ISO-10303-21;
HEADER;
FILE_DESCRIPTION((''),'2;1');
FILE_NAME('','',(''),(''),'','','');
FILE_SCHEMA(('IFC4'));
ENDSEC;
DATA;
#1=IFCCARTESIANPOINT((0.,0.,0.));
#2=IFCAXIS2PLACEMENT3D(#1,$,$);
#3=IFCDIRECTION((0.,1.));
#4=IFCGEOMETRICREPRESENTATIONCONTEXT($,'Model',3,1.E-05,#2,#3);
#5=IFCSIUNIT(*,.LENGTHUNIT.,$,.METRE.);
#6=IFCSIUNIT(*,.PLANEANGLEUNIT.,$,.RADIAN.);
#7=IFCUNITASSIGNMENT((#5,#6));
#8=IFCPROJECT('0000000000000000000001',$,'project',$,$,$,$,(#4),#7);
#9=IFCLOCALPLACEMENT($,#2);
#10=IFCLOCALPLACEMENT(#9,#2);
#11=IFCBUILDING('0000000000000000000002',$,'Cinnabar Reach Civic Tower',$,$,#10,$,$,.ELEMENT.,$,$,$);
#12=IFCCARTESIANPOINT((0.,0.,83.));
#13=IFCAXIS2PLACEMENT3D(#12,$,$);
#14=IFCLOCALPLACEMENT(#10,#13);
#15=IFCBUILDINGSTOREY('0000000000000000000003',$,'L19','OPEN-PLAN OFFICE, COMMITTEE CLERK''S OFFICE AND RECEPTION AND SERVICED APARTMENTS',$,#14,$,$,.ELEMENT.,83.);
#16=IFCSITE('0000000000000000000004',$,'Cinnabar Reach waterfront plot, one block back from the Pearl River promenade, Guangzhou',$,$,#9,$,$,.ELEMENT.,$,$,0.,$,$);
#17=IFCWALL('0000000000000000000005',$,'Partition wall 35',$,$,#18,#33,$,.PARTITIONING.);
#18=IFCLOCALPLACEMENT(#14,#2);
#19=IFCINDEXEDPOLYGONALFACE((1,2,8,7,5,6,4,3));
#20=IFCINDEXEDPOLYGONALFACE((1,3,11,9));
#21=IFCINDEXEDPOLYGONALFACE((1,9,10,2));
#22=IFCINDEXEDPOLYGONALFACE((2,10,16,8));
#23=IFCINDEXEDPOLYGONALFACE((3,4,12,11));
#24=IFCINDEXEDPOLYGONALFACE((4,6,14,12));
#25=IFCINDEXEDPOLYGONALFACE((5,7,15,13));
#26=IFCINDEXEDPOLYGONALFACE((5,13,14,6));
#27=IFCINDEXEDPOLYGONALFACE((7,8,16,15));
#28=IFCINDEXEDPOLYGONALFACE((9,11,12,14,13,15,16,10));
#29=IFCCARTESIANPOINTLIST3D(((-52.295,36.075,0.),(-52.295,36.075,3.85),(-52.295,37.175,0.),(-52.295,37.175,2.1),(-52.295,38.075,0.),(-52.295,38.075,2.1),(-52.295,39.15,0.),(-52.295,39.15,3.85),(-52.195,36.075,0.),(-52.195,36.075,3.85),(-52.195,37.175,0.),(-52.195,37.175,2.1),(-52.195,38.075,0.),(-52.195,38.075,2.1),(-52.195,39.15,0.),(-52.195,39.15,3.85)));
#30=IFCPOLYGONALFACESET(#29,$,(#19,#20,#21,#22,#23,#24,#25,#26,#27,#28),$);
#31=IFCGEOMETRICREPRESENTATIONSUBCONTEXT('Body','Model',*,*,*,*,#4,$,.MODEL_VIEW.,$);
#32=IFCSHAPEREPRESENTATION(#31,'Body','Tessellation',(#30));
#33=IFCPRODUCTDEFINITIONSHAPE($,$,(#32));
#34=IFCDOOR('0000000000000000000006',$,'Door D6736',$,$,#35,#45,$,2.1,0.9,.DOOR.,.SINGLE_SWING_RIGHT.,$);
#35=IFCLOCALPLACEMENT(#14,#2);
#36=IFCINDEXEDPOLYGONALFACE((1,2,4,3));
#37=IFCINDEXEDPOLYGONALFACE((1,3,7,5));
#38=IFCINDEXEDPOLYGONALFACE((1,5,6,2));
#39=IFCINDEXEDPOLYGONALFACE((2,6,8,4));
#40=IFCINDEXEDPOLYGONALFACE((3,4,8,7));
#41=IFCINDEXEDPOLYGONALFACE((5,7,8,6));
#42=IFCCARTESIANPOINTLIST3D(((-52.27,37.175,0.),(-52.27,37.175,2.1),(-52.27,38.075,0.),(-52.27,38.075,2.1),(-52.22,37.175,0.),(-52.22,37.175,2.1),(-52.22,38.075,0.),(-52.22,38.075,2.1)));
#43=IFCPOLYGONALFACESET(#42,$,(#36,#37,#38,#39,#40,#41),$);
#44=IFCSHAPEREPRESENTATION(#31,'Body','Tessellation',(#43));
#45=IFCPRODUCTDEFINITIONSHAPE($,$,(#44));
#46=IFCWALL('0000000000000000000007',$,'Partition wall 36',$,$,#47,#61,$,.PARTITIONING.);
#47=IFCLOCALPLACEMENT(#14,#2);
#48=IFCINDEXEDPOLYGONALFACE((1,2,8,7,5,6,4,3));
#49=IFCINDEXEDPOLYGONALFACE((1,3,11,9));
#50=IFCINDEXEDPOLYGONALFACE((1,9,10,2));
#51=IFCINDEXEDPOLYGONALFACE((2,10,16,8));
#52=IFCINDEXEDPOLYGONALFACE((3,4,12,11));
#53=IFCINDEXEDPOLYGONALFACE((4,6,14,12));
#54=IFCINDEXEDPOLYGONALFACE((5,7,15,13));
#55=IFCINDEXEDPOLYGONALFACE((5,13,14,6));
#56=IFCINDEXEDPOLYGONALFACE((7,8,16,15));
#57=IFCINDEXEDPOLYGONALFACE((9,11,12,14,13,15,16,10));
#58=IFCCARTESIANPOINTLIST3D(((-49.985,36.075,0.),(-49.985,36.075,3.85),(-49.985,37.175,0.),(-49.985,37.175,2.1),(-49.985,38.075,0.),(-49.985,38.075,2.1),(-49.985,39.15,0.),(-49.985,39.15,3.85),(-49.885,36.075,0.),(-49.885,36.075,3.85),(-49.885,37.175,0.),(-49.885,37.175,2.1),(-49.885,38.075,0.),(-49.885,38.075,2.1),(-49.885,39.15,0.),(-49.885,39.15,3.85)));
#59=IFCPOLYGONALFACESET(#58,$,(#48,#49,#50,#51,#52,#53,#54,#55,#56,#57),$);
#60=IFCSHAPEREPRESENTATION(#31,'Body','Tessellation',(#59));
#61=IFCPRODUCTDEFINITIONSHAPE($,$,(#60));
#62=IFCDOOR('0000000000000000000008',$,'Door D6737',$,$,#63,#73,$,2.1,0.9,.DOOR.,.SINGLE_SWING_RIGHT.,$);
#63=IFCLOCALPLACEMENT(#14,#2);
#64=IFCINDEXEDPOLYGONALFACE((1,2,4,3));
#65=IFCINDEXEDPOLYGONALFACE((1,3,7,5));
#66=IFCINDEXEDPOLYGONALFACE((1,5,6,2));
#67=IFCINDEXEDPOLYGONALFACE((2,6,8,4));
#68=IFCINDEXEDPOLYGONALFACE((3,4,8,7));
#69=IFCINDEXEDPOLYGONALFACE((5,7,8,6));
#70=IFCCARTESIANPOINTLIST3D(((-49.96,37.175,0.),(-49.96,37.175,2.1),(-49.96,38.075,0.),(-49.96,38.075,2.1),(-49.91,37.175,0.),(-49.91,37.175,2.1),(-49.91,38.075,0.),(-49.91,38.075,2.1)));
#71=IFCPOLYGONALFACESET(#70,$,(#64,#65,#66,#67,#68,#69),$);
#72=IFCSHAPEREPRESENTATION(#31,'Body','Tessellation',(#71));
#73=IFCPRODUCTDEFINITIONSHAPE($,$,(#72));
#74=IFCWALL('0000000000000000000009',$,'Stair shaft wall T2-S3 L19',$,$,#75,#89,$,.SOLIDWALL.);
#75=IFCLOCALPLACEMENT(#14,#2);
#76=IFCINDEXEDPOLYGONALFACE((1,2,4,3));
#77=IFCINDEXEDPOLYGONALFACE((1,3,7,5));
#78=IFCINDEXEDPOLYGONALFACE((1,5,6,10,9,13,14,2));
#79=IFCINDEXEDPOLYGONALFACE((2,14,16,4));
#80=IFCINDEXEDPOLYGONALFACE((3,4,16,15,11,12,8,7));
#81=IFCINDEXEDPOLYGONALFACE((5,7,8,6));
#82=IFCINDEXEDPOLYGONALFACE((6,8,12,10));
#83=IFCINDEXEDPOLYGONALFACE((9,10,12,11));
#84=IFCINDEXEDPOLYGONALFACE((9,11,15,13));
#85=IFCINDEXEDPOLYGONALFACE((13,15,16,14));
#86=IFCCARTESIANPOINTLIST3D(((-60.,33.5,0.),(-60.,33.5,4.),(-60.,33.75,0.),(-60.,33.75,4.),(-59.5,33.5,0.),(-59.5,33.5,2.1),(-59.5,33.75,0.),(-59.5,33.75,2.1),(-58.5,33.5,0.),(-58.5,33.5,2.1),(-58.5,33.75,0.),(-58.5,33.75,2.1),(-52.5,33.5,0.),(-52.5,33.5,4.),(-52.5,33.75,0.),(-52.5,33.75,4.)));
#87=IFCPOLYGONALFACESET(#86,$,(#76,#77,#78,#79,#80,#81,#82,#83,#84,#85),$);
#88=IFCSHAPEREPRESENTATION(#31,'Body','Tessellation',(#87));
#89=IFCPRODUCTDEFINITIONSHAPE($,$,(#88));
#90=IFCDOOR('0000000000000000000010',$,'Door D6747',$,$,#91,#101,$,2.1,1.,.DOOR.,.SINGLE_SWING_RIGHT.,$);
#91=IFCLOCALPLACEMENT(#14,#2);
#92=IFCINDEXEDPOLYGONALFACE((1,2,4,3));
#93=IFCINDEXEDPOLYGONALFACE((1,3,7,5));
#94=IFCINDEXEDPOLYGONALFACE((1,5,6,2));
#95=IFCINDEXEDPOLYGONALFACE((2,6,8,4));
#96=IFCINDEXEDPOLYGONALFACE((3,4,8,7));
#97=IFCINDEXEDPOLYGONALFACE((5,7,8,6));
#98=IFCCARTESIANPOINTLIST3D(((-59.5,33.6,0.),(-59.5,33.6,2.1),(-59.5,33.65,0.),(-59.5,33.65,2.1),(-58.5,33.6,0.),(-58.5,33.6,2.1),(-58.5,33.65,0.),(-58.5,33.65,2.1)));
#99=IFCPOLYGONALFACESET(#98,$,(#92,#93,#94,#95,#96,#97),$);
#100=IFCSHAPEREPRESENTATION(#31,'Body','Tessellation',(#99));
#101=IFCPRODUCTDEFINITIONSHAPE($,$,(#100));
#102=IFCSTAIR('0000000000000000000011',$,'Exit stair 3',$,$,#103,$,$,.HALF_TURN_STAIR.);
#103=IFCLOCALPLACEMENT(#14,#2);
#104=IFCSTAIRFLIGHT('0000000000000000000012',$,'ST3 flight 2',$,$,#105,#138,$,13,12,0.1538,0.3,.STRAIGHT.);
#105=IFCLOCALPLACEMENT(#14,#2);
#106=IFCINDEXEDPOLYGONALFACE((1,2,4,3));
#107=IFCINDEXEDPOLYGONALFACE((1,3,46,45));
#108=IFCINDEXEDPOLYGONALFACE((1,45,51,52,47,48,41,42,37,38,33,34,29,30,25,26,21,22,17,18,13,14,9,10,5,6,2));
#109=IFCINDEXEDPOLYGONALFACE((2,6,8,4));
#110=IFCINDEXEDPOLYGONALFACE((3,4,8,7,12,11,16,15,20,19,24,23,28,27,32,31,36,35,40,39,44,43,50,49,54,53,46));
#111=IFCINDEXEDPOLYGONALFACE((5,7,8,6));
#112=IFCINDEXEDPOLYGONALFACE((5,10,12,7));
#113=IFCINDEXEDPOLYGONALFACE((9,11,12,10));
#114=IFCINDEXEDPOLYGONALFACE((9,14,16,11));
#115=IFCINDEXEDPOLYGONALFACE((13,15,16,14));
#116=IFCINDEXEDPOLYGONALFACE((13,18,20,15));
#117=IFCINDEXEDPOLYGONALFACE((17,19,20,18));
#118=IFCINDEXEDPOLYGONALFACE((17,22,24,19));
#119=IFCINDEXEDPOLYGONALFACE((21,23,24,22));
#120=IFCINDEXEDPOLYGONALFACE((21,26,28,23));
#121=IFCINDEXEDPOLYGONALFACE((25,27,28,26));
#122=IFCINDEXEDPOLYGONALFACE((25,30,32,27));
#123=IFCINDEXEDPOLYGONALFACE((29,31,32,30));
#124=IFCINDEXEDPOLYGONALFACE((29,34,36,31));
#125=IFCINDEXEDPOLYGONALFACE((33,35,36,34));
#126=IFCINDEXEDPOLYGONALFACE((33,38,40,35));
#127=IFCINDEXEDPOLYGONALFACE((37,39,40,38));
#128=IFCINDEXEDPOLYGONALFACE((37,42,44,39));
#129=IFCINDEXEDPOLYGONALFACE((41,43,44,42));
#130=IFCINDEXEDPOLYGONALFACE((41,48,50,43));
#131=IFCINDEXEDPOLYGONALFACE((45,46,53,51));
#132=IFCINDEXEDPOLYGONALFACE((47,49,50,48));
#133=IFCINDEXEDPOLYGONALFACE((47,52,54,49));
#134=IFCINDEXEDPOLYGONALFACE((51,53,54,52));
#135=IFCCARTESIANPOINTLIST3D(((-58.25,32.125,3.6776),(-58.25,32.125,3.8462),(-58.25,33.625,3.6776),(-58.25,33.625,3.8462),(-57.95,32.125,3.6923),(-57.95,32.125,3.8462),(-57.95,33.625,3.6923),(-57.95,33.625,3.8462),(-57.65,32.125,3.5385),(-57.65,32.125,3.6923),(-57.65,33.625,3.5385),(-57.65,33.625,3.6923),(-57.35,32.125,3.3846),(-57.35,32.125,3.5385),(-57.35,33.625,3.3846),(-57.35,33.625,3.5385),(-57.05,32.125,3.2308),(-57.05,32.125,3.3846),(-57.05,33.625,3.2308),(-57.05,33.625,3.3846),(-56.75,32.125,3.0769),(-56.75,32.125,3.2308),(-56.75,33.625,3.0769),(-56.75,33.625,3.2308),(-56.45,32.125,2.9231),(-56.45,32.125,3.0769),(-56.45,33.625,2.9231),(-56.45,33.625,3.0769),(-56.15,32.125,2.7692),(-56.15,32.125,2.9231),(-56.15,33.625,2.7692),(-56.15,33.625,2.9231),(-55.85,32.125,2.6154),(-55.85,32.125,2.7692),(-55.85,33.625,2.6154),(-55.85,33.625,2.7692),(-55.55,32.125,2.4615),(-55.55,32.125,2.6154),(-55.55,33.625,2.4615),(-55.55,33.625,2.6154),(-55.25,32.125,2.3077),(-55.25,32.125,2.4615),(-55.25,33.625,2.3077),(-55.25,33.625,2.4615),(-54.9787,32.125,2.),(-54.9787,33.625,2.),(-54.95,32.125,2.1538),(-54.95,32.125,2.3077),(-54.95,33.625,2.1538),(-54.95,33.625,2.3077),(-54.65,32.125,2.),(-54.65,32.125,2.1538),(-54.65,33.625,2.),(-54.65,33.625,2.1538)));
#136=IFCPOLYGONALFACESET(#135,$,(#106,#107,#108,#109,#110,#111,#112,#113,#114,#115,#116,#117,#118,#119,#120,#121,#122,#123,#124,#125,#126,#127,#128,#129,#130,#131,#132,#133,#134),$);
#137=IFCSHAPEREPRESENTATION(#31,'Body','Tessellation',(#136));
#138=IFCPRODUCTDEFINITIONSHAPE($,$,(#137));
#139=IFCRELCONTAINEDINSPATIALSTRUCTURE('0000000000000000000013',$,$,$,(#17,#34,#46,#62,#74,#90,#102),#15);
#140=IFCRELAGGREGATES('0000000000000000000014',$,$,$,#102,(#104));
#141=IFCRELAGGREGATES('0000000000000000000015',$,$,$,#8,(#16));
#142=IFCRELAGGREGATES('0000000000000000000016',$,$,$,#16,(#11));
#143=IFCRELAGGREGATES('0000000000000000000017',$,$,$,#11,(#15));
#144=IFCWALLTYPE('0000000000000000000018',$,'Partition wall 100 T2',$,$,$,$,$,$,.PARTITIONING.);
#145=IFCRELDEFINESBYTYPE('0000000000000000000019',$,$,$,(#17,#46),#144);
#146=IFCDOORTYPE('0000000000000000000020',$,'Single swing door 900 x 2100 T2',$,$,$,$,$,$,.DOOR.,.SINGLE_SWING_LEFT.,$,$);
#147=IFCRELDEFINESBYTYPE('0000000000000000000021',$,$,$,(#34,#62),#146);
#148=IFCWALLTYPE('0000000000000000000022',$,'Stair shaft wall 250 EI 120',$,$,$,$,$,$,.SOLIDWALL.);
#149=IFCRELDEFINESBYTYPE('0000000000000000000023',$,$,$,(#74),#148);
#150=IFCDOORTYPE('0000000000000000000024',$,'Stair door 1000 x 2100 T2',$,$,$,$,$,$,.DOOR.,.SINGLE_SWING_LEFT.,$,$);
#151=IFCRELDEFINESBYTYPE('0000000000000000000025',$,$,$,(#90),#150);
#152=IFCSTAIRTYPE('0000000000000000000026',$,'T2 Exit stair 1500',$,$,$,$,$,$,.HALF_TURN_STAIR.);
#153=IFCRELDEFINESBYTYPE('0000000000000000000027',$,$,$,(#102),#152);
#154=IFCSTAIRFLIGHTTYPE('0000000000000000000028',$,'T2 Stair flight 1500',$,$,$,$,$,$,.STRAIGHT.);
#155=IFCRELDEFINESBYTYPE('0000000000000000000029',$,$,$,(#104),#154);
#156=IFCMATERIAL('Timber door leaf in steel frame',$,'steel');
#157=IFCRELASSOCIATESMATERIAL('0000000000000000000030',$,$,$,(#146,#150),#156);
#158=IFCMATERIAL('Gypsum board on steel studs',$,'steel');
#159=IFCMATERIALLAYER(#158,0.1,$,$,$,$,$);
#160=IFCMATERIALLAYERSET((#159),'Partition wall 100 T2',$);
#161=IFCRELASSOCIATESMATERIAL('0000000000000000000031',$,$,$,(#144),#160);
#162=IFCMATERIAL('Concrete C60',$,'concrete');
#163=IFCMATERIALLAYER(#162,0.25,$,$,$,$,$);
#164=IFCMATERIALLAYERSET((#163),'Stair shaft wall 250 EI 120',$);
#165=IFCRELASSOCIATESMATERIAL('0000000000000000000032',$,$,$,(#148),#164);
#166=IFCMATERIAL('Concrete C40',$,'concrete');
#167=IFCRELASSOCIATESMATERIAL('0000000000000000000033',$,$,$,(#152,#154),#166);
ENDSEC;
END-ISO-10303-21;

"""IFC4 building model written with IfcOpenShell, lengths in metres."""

from ifc_helpers import new_model, si_unit, direction, frame, frame_2d, origin, place, context, subcontext, project, spatial, polyline, rectangle, outline, extrude, material, layer, layer_set, type_object, element, fill, aggregate, save


model = new_model("IFC4")

# Units and contexts
model_context = context("Model", 3, precision=1e-05, world=origin(), true_north=direction((0.0, 1.0)))
body_context = subcontext(model_context, "Body", "Model", "MODEL_VIEW")
ifc_project = project(units=[si_unit("LENGTHUNIT", "METRE"), si_unit("PLANEANGLEUNIT", "RADIAN")], contexts=[model_context])

# Site, building, storey
site_placement = place(None, origin())
site = spatial("IfcSite", under=ifc_project, at=site_placement, Name="Cinnabar Reach waterfront plot, one block back from the Pearl River promenade, Guangzhou", CompositionType="ELEMENT", RefElevation=0.0)
building_placement = place(site_placement, origin())
building = spatial("IfcBuilding", under=site, at=building_placement, Name="Cinnabar Reach Civic Tower", CompositionType="ELEMENT")
storey_placement = place(building_placement, frame((0.0, 0.0, 83.0)))
storey = spatial("IfcBuildingStorey", under=building, at=storey_placement, Name="L19", Description="OPEN-PLAN OFFICE, COMMITTEE CLERK'S OFFICE AND RECEPTION AND SERVICED APARTMENTS", CompositionType="ELEMENT", Elevation=83.0)

# Shared definitions
ifc_material_1 = material(Name="Concrete C60", Category="concrete")

# Shared definitions
ifc_material_2 = material(Name="Timber door leaf in steel frame", Category="steel")
door_type_1 = type_object("IfcDoorType", Name="Single swing door 900 x 2100 T2", OperationType="SINGLE_SWING_LEFT", PredefinedType="DOOR", material=ifc_material_2)

# Walls, openings, doors
ifc_material_3 = material(Name="Gypsum board on steel studs", Category="steel")
ifc_layer_1 = layer(ifc_material_3, 0.1)
ifc_layer_set_1 = layer_set([ifc_layer_1], Name="Partition wall 100 T2")
wall_type_1 = type_object("IfcWallType", Name="Partition wall 100 T2", PredefinedType="PARTITIONING", material=ifc_layer_set_1)
wall_1_placement = place(storey_placement, frame((-52.245, 36.075, 0.0), z_axis=(0.0, 0.0, 1.0), x_axis=(0.0, 1.0, 0.0)))
wall_1 = element("IfcWall", 1, at=wall_1_placement, inside=storey, type_object=wall_type_1, Name="Partition wall 35", PredefinedType="PARTITIONING", context=body_context, shape_type="SweptSolid", body=[
    extrude(rectangle(XDim=3.075, YDim=0.1, at=frame_2d((1.5375, 0.0))), origin(), (0.0, 0.0, 1.0), 3.85),
])
opening_1_placement = place(wall_1_placement, frame((1.1, 0.0, 0.0)))
opening_1 = element("IfcOpeningElement", 2, at=opening_1_placement, cuts=wall_1, PredefinedType="OPENING", context=body_context, shape_type="SweptSolid", body=[
    extrude(rectangle(XDim=0.9, YDim=2.1, at=frame_2d((0.45, 1.05))), frame((0.0, 0.06, 0.0), z_axis=(0.0, -1.0, 0.0), x_axis=(1.0, 0.0, 0.0)), (0.0, 0.0, 1.0), 0.12),
])
door_1_placement = place(opening_1_placement, origin())
door_1 = element("IfcDoor", 3, at=door_1_placement, inside=storey, type_object=door_type_1, Name="Door D6736", OperationType="SINGLE_SWING_RIGHT", OverallHeight=2.1, OverallWidth=0.9, PredefinedType="DOOR", context=body_context, shape_type="SweptSolid", body=[
    extrude(rectangle(XDim=0.9, YDim=2.1, at=frame_2d((0.45, 1.05))), frame((0.0, 0.025, 0.0), z_axis=(0.0, -1.0, 0.0), x_axis=(1.0, 0.0, 0.0)), (0.0, 0.0, 1.0), 0.05),
])
fill(opening_1, door_1)
wall_2_placement = place(storey_placement, frame((-49.935, 36.075, 0.0), z_axis=(0.0, 0.0, 1.0), x_axis=(0.0, 1.0, 0.0)))
wall_2 = element("IfcWall", 4, at=wall_2_placement, inside=storey, type_object=wall_type_1, Name="Partition wall 36", PredefinedType="PARTITIONING", context=body_context, shape_type="SweptSolid", body=[
    extrude(rectangle(XDim=3.075, YDim=0.1, at=frame_2d((1.5375, 0.0))), origin(), (0.0, 0.0, 1.0), 3.85),
])
opening_2_placement = place(wall_2_placement, frame((1.1, 0.0, 0.0)))
opening_2 = element("IfcOpeningElement", 5, at=opening_2_placement, cuts=wall_2, PredefinedType="OPENING", context=body_context, shape_type="SweptSolid", body=[
    extrude(rectangle(XDim=0.9, YDim=2.1, at=frame_2d((0.45, 1.05))), frame((0.0, 0.06, 0.0), z_axis=(0.0, -1.0, 0.0), x_axis=(1.0, 0.0, 0.0)), (0.0, 0.0, 1.0), 0.12),
])
door_2_placement = place(opening_2_placement, origin())
door_2 = element("IfcDoor", 6, at=door_2_placement, inside=storey, type_object=door_type_1, Name="Door D6737", OperationType="SINGLE_SWING_RIGHT", OverallHeight=2.1, OverallWidth=0.9, PredefinedType="DOOR", context=body_context, shape_type="SweptSolid", body=[
    extrude(rectangle(XDim=0.9, YDim=2.1, at=frame_2d((0.45, 1.05))), frame((0.0, 0.025, 0.0), z_axis=(0.0, -1.0, 0.0), x_axis=(1.0, 0.0, 0.0)), (0.0, 0.0, 1.0), 0.05),
])
fill(opening_2, door_2)
ifc_layer_2 = layer(ifc_material_1, 0.25)
ifc_layer_set_2 = layer_set([ifc_layer_2], Name="Stair shaft wall 250 EI 120")
wall_type_2 = type_object("IfcWallType", Name="Stair shaft wall 250 EI 120", PredefinedType="SOLIDWALL", material=ifc_layer_set_2)
wall_3_placement = place(storey_placement, frame((-52.5, 33.625, 0.0), z_axis=(0.0, 0.0, 1.0), x_axis=(-1.0, 0.0, 0.0)))
wall_3 = element("IfcWall", 7, at=wall_3_placement, inside=storey, type_object=wall_type_2, Name="Stair shaft wall T2-S3 L19", PredefinedType="SOLIDWALL", context=body_context, shape_type="SweptSolid", body=[
    extrude(rectangle(XDim=7.5, YDim=0.25, at=frame_2d((3.75, 0.0))), origin(), (0.0, 0.0, 1.0), 4.0),
])
opening_3_placement = place(wall_3_placement, frame((6.0, 0.0, 0.0)))
opening_3 = element("IfcOpeningElement", 8, at=opening_3_placement, cuts=wall_3, PredefinedType="OPENING", context=body_context, shape_type="SweptSolid", body=[
    extrude(rectangle(XDim=1.0, YDim=2.1, at=frame_2d((0.5, 1.05))), frame((0.0, 0.135, 0.0), z_axis=(0.0, -1.0, 0.0), x_axis=(1.0, 0.0, 0.0)), (0.0, 0.0, 1.0), 0.27),
])
door_type_2 = type_object("IfcDoorType", Name="Stair door 1000 x 2100 T2", OperationType="SINGLE_SWING_LEFT", PredefinedType="DOOR", material=ifc_material_2)
door_3_placement = place(opening_3_placement, origin())
door_3 = element("IfcDoor", 9, at=door_3_placement, inside=storey, type_object=door_type_2, Name="Door D6747", OperationType="SINGLE_SWING_RIGHT", OverallHeight=2.1, OverallWidth=1.0, PredefinedType="DOOR", context=body_context, shape_type="SweptSolid", body=[
    extrude(rectangle(XDim=1.0, YDim=2.1, at=frame_2d((0.5, 1.05))), frame((0.0, 0.025, 0.0), z_axis=(0.0, -1.0, 0.0), x_axis=(1.0, 0.0, 0.0)), (0.0, 0.0, 1.0), 0.05),
])
fill(opening_3, door_3)

# Stair, stair flight
ifc_material_4 = material(Name="Concrete C40", Category="concrete")
stair_type = type_object("IfcStairType", Name="T2 Exit stair 1500", PredefinedType="HALF_TURN_STAIR", material=ifc_material_4)
stair_placement = place(storey_placement, origin())
stair = element("IfcStair", 10, at=stair_placement, inside=storey, type_object=stair_type, Name="Exit stair 3", PredefinedType="HALF_TURN_STAIR")
stair_flight_type = type_object("IfcStairFlightType", Name="T2 Stair flight 1500", PredefinedType="STRAIGHT", material=ifc_material_4)
stair_flight_placement = place(storey_placement, frame((-54.65, 32.875, 2.0), z_axis=(0.0, 0.0, 1.0), x_axis=(-1.0, 0.0, 0.0)))
stair_flight = element("IfcStairFlight", 11, at=stair_flight_placement, type_object=stair_flight_type, Name="ST3 flight 2", NumberOfRisers=13, NumberOfTreads=12, PredefinedType="STRAIGHT", RiserHeight=0.1538, TreadLength=0.3, context=body_context, shape_type="SweptSolid", body=[
    extrude(outline(polyline([(0.0, 0.0), (0.0, 0.1538), (0.3, 0.1538), (0.3, 0.3077), (0.6, 0.3077), (0.6, 0.4615), (0.9, 0.4615), (0.9, 0.6154), (1.2, 0.6154), (1.2, 0.7692), (1.5, 0.7692), (1.5, 0.9231), (1.8, 0.9231), (1.8, 1.0769), (2.1, 1.0769), (2.1, 1.2308), (2.4, 1.2308), (2.4, 1.3846), (2.7, 1.3846), (2.7, 1.5385), (3.0, 1.5385), (3.0, 1.6923), (3.3, 1.6923), (3.3, 1.8462), (3.6, 1.8462), (3.6, 2.0), (3.6, 1.6776), (0.3287, 0.0), (0.0, 0.0)])), frame((0.0, 0.75, 0.0), z_axis=(0.0, -1.0, 0.0), x_axis=(1.0, 0.0, 0.0)), (0.0, 0.0, 1.0), 1.5),
])
aggregate(stair, [stair_flight])

save(model, "model.ifc")
